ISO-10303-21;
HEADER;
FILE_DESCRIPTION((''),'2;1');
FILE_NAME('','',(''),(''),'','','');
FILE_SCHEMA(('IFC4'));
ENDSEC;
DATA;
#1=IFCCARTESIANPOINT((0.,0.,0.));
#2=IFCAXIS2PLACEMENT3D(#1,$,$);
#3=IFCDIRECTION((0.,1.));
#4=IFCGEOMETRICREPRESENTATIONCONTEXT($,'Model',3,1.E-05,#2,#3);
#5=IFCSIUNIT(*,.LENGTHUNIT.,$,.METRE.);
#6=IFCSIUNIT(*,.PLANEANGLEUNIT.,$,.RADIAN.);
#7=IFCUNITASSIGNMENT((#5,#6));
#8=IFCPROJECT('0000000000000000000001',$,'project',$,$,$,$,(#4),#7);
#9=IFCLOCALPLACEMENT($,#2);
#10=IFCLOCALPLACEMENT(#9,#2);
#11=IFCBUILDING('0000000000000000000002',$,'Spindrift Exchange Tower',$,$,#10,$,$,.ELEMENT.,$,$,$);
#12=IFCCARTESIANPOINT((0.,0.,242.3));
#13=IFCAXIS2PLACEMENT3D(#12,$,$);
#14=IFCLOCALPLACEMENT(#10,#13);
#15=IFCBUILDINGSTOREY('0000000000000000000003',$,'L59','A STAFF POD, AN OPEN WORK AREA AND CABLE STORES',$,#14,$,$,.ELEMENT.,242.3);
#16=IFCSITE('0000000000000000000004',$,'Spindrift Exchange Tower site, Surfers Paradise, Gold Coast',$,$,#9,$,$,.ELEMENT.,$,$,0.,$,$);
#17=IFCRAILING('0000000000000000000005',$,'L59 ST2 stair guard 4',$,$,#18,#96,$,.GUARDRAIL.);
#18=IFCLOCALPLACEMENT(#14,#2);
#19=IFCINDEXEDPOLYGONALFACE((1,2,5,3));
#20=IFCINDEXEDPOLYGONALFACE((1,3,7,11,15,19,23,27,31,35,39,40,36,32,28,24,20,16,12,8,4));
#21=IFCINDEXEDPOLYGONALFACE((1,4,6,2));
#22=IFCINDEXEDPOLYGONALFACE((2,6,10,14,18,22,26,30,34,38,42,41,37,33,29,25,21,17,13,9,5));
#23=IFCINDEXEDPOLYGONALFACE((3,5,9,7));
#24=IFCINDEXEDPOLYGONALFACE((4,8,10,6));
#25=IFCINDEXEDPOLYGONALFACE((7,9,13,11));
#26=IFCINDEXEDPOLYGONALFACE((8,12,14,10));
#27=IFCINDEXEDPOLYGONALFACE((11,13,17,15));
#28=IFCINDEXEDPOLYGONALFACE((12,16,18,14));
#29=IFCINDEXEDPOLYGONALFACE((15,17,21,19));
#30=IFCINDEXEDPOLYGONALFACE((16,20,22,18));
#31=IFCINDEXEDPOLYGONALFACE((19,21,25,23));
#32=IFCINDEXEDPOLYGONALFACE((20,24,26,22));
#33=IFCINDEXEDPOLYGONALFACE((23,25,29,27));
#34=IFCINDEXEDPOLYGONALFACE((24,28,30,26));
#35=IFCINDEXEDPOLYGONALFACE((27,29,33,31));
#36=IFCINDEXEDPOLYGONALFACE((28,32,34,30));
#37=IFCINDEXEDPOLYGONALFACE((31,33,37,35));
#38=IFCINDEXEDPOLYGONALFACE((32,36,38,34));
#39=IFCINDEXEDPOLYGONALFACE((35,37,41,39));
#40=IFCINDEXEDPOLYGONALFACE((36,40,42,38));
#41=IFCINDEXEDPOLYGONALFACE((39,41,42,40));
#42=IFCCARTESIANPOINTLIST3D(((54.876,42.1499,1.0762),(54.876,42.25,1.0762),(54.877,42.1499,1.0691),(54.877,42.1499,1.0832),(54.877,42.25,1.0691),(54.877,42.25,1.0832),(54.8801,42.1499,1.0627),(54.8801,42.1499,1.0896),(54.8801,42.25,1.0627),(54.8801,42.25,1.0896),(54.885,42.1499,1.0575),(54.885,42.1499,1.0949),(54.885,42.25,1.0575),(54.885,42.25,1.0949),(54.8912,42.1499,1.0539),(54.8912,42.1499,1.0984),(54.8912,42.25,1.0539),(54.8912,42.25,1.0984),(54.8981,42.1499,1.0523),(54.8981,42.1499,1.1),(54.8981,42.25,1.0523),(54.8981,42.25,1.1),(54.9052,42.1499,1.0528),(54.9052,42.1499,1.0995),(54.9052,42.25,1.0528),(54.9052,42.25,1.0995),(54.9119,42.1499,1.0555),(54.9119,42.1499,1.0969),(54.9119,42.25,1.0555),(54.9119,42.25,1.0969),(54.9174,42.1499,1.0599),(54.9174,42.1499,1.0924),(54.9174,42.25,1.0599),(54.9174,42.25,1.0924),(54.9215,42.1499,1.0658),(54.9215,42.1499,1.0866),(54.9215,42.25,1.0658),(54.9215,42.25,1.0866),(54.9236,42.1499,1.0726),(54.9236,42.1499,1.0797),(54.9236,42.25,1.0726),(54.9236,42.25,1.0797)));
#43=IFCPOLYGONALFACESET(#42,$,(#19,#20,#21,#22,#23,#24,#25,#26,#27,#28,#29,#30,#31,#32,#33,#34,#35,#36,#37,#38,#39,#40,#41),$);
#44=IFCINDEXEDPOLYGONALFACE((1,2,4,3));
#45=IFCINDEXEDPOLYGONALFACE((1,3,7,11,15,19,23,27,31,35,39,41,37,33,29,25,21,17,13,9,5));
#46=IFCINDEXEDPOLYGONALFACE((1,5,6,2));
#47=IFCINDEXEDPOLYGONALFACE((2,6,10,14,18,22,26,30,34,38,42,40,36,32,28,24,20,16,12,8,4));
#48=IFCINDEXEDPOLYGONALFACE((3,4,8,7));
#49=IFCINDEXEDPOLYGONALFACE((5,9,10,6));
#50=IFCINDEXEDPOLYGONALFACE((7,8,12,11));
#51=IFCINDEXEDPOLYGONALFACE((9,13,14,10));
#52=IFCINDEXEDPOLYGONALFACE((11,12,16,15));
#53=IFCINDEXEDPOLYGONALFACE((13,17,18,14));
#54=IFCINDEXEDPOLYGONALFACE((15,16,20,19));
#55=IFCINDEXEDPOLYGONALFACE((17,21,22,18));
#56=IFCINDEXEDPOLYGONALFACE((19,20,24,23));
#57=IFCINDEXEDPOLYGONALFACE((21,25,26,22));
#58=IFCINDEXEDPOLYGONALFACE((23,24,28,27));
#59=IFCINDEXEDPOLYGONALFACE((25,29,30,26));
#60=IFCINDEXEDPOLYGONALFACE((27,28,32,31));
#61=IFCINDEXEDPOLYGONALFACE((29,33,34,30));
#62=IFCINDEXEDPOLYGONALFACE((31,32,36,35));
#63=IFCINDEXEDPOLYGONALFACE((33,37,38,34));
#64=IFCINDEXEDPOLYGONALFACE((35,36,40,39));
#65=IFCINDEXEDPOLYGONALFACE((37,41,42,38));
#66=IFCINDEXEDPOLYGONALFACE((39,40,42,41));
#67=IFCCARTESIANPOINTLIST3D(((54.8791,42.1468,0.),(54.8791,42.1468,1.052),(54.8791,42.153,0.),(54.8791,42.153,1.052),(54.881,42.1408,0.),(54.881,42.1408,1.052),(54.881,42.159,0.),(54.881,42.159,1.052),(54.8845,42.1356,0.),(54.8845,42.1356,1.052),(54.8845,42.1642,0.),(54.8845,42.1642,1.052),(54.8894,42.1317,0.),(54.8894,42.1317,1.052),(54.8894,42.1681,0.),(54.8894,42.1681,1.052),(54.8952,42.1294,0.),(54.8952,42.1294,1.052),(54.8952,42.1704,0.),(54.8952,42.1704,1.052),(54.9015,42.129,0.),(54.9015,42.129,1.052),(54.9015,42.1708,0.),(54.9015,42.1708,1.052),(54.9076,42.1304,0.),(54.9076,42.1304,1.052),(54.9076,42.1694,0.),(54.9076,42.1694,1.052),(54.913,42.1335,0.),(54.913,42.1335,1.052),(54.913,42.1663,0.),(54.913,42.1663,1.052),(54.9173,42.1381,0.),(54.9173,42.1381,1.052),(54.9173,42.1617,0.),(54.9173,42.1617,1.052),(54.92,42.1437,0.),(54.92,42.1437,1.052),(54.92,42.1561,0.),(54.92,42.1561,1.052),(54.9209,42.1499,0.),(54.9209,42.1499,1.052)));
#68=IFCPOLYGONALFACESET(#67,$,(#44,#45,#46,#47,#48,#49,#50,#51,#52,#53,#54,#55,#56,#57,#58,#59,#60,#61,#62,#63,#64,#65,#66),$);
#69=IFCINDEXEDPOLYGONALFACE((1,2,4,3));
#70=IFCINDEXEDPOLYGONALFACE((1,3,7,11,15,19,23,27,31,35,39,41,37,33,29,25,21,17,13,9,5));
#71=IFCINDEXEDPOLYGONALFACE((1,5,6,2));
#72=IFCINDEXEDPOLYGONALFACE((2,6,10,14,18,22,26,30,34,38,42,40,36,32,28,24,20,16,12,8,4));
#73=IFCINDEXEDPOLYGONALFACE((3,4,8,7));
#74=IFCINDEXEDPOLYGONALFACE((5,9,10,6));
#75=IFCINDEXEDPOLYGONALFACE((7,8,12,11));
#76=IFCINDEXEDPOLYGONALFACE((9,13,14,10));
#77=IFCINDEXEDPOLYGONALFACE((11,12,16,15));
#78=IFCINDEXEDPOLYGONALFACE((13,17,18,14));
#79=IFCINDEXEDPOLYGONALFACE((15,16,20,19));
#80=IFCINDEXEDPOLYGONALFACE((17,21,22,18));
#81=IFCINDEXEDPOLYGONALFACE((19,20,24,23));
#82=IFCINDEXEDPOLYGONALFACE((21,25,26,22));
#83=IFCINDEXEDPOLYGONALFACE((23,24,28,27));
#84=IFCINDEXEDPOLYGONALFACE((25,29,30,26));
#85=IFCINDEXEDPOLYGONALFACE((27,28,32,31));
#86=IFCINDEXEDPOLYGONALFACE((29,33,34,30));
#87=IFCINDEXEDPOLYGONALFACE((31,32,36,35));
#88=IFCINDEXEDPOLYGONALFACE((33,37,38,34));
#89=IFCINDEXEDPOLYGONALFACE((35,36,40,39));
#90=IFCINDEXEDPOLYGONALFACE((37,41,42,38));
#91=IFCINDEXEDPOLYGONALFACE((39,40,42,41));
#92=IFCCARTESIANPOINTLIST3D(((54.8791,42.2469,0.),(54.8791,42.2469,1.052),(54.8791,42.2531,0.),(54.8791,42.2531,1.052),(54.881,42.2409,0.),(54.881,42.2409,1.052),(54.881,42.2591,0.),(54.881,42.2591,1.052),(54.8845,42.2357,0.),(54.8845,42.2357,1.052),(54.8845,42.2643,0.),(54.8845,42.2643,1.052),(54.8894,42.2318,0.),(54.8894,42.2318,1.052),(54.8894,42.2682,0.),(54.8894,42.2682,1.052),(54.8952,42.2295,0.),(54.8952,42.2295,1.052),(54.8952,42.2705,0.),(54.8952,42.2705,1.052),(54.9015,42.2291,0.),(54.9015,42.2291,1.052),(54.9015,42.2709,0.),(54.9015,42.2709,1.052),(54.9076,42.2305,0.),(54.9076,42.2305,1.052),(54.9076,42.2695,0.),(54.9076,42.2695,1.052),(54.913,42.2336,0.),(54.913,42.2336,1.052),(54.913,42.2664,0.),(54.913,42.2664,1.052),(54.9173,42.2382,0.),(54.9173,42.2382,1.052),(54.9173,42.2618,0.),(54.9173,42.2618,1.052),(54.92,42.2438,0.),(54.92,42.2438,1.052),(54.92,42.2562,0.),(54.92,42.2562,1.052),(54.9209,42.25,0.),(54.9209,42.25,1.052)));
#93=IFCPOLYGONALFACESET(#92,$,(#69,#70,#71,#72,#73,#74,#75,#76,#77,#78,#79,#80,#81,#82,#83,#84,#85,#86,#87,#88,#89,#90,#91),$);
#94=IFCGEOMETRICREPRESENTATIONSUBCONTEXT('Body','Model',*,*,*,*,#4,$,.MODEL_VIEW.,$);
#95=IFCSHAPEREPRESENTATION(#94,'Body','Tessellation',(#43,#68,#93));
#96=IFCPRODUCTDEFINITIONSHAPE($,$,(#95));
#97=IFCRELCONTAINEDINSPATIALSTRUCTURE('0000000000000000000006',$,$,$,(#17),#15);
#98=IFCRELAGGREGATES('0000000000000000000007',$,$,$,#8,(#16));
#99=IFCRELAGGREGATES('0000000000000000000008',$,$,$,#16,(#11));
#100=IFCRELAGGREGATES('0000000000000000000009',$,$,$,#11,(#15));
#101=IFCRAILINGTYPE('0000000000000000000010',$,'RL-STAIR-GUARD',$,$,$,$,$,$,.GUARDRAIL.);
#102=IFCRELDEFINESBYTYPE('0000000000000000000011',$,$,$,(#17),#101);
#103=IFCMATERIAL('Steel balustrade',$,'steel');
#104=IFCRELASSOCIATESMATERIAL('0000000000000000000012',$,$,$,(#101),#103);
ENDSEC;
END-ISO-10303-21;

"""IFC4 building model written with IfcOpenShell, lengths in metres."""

from ifc_helpers import new_model, si_unit, direction, frame, origin, origin_2d, place, context, subcontext, project, spatial, circle, extrude, material, type_object, element, save


model = new_model("IFC4")

# Units and contexts
model_context = context("Model", 3, precision=1e-05, world=origin(), true_north=direction((0.0, 1.0)))
body_context = subcontext(model_context, "Body", "Model", "MODEL_VIEW")
ifc_project = project(units=[si_unit("LENGTHUNIT", "METRE"), si_unit("PLANEANGLEUNIT", "RADIAN")], contexts=[model_context])

# Site, building, storey
site_placement = place(None, origin())
site = spatial("IfcSite", under=ifc_project, at=site_placement, Name="Spindrift Exchange Tower site, Surfers Paradise, Gold Coast", CompositionType="ELEMENT", RefElevation=0.0)
building_placement = place(site_placement, origin())
building = spatial("IfcBuilding", under=site, at=building_placement, Name="Spindrift Exchange Tower", CompositionType="ELEMENT")
storey_placement = place(building_placement, frame((0.0, 0.0, 242.3)))
storey = spatial("IfcBuildingStorey", under=building, at=storey_placement, Name="L59", Description="A STAFF POD, AN OPEN WORK AREA AND CABLE STORES", CompositionType="ELEMENT", Elevation=242.3)

# Railing
ifc_material_1 = material(Name="Steel balustrade", Category="steel")
railing_type_1 = type_object("IfcRailingType", Name="RL-STAIR-GUARD", PredefinedType="GUARDRAIL", material=ifc_material_1)
railing_1_placement = place(storey_placement, frame((54.8999, 42.1499, 0.0)))
element("IfcRailing", 1, at=railing_1_placement, inside=storey, type_object=railing_type_1, Name="L59 ST2 stair guard 4", PredefinedType="GUARDRAIL", context=body_context, shape_type="SweptSolid", body=[
    extrude(circle(Radius=0.0239, at=origin_2d()), frame((0.0, 0.0, 1.0762), z_axis=(0.0, 1.0, 0.0), x_axis=(-1.0, 0.0, 0.0)), (0.0, 0.0, 1.0), 0.1001),
    extrude(circle(Radius=0.021, at=origin_2d()), origin(), (0.0, 0.0, 1.0), 1.052),
    extrude(circle(Radius=0.021, at=origin_2d()), frame((0.0, 0.1001, 0.0)), (0.0, 0.0, 1.0), 1.052),
])

save(model, "model.ifc")
